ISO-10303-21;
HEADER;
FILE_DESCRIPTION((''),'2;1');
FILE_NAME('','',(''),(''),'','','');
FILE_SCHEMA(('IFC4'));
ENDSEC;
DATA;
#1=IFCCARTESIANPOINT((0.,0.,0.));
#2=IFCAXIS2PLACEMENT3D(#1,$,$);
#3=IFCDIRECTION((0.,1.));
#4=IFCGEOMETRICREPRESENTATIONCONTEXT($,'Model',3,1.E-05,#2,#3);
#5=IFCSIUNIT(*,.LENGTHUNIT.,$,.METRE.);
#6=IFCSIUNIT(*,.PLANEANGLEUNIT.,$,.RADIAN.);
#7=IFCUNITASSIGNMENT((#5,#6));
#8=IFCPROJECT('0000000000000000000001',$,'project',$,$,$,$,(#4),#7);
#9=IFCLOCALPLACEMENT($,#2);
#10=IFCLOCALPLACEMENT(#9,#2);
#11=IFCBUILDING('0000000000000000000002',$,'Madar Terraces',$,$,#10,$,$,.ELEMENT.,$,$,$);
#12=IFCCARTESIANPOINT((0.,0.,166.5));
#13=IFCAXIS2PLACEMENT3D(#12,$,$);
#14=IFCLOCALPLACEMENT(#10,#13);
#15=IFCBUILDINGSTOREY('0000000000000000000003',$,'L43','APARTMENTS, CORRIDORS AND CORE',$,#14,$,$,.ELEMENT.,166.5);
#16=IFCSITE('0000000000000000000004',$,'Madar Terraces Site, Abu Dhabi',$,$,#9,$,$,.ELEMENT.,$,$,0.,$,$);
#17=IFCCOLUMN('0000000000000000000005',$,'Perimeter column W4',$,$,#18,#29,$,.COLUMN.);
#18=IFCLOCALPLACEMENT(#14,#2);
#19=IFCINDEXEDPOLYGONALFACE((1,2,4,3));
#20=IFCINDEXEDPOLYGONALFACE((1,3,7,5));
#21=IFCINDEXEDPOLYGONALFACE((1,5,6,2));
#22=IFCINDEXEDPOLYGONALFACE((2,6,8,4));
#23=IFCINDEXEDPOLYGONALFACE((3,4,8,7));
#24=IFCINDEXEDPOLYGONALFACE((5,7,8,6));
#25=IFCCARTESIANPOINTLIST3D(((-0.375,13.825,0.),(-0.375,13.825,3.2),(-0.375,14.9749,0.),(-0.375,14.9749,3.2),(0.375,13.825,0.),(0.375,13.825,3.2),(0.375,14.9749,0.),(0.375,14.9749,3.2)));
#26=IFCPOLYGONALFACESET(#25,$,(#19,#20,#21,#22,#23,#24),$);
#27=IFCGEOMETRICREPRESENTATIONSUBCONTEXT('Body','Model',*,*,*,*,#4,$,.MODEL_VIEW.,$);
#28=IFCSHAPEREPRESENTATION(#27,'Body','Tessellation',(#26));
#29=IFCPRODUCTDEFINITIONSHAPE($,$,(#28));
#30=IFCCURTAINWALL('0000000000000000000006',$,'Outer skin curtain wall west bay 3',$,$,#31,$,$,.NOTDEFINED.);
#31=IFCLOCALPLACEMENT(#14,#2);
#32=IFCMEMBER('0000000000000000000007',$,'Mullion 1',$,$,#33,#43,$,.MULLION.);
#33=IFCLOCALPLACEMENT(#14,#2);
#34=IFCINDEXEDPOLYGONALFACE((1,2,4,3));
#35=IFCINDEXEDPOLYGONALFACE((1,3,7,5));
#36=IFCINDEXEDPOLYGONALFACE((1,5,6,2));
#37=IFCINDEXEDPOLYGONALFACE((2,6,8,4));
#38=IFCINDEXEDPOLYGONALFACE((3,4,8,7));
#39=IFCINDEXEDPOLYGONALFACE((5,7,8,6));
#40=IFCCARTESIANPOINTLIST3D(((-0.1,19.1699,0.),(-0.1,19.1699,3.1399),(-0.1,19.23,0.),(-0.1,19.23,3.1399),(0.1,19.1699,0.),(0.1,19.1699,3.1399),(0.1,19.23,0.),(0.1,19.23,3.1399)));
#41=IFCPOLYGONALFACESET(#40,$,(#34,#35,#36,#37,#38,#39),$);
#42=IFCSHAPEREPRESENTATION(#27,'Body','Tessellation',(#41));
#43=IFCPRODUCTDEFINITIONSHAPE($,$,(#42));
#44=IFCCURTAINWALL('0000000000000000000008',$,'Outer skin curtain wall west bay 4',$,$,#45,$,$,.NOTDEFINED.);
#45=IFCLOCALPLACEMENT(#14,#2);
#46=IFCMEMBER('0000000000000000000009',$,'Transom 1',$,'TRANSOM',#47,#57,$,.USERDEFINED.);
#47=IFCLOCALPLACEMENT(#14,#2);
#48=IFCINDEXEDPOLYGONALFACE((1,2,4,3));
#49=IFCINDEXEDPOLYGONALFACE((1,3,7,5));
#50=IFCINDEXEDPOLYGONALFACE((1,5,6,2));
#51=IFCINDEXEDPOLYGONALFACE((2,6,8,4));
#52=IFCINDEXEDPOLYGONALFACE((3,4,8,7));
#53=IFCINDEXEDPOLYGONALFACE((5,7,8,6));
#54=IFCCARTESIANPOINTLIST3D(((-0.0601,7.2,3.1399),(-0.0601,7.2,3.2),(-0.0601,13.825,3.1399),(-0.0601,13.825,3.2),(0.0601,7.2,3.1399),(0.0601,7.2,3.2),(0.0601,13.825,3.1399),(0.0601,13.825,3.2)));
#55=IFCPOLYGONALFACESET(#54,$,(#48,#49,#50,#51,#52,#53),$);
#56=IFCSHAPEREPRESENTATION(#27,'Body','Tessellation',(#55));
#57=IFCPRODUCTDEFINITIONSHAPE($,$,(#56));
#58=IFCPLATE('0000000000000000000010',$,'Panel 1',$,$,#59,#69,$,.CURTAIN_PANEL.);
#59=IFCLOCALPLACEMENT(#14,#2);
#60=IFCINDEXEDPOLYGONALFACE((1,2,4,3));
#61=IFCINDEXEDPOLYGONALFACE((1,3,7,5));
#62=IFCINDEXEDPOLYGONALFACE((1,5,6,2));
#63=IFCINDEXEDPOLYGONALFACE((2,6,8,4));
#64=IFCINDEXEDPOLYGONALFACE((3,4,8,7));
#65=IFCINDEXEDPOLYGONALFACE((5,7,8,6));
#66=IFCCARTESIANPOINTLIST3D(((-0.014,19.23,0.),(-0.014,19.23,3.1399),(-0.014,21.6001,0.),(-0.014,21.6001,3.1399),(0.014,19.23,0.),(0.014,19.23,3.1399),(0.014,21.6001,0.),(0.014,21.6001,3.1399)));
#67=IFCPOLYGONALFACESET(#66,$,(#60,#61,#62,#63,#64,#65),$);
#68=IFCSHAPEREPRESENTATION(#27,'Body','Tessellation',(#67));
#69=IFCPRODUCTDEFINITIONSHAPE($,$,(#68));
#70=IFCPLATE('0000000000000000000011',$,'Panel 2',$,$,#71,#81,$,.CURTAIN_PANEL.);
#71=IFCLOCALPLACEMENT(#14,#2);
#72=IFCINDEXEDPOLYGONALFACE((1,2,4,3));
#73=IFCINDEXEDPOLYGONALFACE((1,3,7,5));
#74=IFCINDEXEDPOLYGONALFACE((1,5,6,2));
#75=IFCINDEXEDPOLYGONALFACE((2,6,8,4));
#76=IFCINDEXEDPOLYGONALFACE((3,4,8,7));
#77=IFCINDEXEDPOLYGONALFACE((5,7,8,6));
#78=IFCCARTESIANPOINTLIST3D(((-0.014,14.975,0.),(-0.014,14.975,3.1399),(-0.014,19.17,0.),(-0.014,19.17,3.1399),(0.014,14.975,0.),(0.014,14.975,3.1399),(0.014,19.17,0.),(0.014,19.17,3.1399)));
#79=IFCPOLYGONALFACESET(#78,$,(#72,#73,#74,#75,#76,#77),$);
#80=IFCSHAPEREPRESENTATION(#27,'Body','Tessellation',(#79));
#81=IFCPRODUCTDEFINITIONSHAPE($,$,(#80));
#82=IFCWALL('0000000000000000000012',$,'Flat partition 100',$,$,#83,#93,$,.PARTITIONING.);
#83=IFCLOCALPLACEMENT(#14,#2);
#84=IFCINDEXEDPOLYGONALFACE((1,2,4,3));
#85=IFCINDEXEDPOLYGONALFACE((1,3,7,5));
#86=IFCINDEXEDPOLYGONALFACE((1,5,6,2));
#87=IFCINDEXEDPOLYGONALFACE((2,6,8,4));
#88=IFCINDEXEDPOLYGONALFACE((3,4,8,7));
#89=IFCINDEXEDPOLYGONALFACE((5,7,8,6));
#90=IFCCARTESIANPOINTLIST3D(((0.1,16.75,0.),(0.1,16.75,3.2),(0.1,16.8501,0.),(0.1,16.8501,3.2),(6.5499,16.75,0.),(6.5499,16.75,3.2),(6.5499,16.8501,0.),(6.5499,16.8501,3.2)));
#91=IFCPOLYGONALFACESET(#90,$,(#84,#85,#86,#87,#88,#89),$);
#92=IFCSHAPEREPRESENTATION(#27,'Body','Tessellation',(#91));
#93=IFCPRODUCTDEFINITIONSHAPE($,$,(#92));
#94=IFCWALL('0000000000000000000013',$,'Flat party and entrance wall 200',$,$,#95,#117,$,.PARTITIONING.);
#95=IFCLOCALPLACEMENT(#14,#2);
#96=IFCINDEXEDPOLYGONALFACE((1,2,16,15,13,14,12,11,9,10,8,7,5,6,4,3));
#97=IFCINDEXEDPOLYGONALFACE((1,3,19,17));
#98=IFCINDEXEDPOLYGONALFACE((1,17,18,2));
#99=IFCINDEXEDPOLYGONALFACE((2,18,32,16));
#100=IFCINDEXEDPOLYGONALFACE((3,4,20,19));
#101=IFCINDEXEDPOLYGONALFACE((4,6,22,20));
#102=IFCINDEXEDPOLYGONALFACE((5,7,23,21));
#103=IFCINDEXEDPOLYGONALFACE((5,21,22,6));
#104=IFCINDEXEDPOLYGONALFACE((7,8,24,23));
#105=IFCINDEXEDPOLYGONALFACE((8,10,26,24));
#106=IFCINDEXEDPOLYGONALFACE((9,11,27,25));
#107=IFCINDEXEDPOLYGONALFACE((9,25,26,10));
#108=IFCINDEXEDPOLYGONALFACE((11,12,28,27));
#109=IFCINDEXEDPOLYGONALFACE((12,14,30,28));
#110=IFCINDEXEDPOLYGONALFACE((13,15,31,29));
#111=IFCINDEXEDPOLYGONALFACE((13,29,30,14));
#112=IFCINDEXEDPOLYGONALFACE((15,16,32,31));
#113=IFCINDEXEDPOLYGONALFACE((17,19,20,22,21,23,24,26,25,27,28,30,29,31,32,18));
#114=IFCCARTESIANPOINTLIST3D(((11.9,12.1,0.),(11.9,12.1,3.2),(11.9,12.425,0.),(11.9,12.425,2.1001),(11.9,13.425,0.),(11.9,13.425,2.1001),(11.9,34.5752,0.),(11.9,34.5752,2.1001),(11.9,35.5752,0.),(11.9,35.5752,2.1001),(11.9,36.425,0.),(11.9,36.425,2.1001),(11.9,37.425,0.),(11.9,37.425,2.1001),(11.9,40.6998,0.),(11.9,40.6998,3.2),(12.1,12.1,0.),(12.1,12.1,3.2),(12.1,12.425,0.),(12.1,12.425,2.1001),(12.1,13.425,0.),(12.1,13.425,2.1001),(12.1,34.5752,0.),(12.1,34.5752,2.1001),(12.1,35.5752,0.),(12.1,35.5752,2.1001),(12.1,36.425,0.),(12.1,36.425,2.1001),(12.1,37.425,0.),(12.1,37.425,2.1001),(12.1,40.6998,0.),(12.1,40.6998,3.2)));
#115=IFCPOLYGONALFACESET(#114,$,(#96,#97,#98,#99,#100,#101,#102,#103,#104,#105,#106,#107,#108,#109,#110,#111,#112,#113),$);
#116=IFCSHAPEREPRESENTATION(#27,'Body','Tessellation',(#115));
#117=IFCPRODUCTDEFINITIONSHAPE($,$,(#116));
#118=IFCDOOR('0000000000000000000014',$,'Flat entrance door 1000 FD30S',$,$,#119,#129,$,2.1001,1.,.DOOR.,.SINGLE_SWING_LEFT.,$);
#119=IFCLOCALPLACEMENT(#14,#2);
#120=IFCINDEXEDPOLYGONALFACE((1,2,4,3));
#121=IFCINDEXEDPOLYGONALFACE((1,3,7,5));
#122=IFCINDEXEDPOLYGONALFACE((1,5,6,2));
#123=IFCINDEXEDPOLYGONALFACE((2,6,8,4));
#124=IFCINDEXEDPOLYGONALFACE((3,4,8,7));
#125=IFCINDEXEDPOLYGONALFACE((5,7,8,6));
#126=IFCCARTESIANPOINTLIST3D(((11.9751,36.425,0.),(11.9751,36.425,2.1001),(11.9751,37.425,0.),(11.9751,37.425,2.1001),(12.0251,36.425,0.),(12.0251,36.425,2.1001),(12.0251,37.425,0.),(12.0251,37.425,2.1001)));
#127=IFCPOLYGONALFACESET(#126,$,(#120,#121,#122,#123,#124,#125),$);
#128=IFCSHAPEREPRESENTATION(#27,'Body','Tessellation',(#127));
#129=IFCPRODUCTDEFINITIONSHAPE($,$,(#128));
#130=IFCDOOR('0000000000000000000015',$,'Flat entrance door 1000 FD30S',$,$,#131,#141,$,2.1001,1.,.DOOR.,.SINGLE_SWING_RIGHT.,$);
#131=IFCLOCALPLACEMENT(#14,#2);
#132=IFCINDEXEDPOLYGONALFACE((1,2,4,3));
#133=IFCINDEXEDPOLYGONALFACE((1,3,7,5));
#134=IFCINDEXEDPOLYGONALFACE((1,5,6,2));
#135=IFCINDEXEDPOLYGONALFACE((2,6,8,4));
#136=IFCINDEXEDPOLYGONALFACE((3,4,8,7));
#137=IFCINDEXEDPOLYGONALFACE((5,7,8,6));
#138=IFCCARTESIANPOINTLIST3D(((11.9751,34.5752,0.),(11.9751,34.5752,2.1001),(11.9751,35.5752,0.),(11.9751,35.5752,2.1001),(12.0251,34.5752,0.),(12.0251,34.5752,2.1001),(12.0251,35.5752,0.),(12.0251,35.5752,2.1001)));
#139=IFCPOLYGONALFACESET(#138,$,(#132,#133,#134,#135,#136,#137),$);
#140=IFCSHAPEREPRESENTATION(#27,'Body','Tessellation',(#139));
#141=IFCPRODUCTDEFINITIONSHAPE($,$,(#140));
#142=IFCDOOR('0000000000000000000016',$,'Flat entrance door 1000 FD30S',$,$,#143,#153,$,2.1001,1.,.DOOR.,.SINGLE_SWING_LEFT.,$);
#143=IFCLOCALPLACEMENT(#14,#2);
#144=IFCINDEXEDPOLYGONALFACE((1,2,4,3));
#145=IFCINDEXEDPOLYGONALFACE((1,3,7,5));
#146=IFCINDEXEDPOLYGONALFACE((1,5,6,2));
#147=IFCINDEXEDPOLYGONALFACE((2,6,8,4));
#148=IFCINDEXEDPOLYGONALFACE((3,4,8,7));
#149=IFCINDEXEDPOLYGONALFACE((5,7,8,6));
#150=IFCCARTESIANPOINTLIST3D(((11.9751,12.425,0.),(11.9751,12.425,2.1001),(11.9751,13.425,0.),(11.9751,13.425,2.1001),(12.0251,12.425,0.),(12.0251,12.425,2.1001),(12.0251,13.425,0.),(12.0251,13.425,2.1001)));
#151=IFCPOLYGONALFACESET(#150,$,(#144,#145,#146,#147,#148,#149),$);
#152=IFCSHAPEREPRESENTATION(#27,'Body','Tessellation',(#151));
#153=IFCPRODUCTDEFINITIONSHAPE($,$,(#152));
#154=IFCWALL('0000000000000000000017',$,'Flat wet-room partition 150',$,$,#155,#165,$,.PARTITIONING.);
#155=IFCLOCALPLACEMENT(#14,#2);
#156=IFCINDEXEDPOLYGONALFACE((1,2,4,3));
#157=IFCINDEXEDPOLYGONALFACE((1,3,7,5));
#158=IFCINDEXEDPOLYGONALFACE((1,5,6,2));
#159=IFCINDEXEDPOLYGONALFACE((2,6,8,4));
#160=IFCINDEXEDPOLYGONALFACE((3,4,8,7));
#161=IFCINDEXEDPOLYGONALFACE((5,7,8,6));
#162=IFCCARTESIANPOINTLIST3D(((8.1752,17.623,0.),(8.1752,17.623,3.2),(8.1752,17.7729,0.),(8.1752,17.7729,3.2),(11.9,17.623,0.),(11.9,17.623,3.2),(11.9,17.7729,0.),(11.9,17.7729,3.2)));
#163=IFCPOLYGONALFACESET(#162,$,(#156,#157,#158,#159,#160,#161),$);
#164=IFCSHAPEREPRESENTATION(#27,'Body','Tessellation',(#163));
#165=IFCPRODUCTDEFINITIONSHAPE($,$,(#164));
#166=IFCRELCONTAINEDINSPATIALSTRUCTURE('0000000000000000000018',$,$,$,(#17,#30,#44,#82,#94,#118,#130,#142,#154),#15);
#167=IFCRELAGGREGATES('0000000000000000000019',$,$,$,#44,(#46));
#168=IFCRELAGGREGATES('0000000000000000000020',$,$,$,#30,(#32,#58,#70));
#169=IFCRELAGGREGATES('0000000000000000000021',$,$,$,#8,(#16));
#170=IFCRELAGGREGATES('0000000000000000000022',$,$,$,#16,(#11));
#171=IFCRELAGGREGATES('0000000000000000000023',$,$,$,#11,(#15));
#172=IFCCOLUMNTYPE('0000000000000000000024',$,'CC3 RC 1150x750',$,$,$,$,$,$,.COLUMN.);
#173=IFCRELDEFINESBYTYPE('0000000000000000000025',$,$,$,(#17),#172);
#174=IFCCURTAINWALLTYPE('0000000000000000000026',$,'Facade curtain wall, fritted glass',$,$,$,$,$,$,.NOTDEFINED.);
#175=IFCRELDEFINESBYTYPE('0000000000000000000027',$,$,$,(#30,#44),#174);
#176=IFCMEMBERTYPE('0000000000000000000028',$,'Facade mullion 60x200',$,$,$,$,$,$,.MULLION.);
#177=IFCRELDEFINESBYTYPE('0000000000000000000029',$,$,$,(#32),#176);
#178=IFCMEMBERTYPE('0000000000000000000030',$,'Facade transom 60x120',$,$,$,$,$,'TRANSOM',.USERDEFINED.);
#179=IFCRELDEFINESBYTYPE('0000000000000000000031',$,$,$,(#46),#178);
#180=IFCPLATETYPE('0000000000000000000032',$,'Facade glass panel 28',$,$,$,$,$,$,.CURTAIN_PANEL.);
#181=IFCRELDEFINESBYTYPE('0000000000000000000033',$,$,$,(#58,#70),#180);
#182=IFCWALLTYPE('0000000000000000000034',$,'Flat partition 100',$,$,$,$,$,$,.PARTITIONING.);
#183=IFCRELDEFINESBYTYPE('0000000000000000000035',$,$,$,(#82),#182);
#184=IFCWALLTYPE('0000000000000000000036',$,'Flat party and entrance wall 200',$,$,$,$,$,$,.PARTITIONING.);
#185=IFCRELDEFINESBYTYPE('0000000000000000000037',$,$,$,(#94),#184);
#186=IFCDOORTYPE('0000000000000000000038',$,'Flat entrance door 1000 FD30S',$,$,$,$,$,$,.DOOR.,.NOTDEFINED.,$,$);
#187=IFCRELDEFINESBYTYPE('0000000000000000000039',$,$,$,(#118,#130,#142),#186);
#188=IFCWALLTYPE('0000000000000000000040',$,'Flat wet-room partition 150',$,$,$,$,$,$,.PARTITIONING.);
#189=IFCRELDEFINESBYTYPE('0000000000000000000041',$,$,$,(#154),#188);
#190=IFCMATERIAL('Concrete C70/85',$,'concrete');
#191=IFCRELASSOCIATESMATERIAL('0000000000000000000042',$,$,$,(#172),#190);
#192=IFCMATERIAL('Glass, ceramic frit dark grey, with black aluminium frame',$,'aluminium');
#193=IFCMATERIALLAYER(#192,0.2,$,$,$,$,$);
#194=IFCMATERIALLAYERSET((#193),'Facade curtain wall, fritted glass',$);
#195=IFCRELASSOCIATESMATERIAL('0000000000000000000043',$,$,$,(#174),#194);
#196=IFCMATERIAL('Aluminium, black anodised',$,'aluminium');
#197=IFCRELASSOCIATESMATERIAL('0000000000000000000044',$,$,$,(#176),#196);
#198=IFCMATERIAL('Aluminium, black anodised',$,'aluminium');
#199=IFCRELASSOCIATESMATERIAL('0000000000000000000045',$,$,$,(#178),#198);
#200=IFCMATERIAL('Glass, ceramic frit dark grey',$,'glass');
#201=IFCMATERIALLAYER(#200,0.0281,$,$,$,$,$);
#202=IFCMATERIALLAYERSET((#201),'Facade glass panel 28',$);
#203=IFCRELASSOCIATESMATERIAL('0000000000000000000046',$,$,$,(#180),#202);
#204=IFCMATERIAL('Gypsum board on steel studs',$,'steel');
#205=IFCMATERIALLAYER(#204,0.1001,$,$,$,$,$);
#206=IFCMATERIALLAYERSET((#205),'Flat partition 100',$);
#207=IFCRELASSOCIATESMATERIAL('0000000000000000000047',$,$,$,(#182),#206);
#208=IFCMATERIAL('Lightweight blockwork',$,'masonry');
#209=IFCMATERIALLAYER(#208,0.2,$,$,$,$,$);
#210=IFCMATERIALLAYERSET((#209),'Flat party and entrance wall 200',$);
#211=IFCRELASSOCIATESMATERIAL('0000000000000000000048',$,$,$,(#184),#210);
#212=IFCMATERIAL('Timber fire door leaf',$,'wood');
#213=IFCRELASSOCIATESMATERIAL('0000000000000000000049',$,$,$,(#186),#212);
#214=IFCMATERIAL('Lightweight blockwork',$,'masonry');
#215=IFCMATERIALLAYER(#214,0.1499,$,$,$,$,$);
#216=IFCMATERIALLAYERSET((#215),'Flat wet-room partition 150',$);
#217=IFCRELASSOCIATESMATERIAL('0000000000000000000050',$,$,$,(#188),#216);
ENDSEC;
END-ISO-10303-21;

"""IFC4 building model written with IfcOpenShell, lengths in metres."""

from ifc_helpers import new_model, si_unit, direction, frame, frame_2d, origin, origin_2d, place, context, subcontext, project, spatial, rectangle, extrude, material, layer, layer_set, material_profile, profile_set, type_object, element, fill, aggregate, save


model = new_model("IFC4")

# Units and contexts
model_context = context("Model", 3, precision=1e-05, world=origin(), true_north=direction((0.0, 1.0)))
body_context = subcontext(model_context, "Body", "Model", "MODEL_VIEW")
ifc_project = project(units=[si_unit("LENGTHUNIT", "METRE"), si_unit("PLANEANGLEUNIT", "RADIAN")], contexts=[model_context])

# Site, building, storey
site_placement = place(None, origin())
site = spatial("IfcSite", under=ifc_project, at=site_placement, Name="Madar Terraces Site, Abu Dhabi", CompositionType="ELEMENT", RefElevation=0.0)
building_placement = place(site_placement, origin())
building = spatial("IfcBuilding", under=site, at=building_placement, Name="Madar Terraces", CompositionType="ELEMENT")
storey_placement = place(building_placement, frame((0.0, 0.0, 166.5)))
storey = spatial("IfcBuildingStorey", under=building, at=storey_placement, Name="L43", Description="APARTMENTS, CORRIDORS AND CORE", CompositionType="ELEMENT", Elevation=166.5)

# Column
ifc_material_1 = material(Name="Concrete C70/85", Category="concrete")
ifc_material_profile_1 = material_profile(ifc_material_1, rectangle(XDim=1.1499, YDim=0.75, at=origin_2d()), Name="CC3 RC 1150x750")
ifc_profile_set_1 = profile_set([ifc_material_profile_1], Name="Concrete C70/85")
column_type = type_object("IfcColumnType", Name="CC3 RC 1150x750", PredefinedType="COLUMN", material=ifc_profile_set_1)
column_placement = place(storey_placement, frame((0.0, 14.3999, 0.0), z_axis=(0.0, 0.0, 1.0), x_axis=(0.0, 1.0, 0.0)))
element("IfcColumn", 1, at=column_placement, inside=storey, type_object=column_type, Name="Perimeter column W4", PredefinedType="COLUMN", context=body_context, shape_type="SweptSolid", body=[
    extrude(rectangle(XDim=1.1499, YDim=0.75, at=origin_2d()), origin(), (0.0, 0.0, 1.0), 3.2),
])

# Curtain walls, members
ifc_material_2 = material(Name="Glass, ceramic frit dark grey, with black aluminium frame", Category="aluminium")
ifc_layer_1 = layer(ifc_material_2, 0.2)
ifc_layer_set_1 = layer_set([ifc_layer_1], Name="Facade curtain wall, fritted glass")
curtain_wall_type = type_object("IfcCurtainWallType", Name="Facade curtain wall, fritted glass", PredefinedType="NOTDEFINED", material=ifc_layer_set_1)
curtain_wall_1_placement = place(storey_placement, origin())
curtain_wall_1 = element("IfcCurtainWall", 2, at=curtain_wall_1_placement, inside=storey, type_object=curtain_wall_type, Name="Outer skin curtain wall west bay 3", PredefinedType="NOTDEFINED")
ifc_material_3 = material(Name="Aluminium, black anodised", Category="aluminium")
ifc_material_profile_2 = material_profile(ifc_material_3, rectangle(XDim=0.2, YDim=0.0601, at=origin_2d()), Name="Facade mullion 60x200")
ifc_profile_set_2 = profile_set([ifc_material_profile_2], Name="Aluminium, black anodised")
member_type_1 = type_object("IfcMemberType", Name="Facade mullion 60x200", PredefinedType="MULLION", material=ifc_profile_set_2)
member_1_placement = place(storey_placement, frame((0.0, 19.2, 0.0), z_axis=(0.0, 0.0, 1.0), x_axis=(1.0, 0.0, 0.0)))
member_1 = element("IfcMember", 3, at=member_1_placement, type_object=member_type_1, Name="Mullion 1", PredefinedType="MULLION", context=body_context, shape_type="SweptSolid", body=[
    extrude(rectangle(XDim=0.2, YDim=0.0601, at=origin_2d()), origin(), (0.0, 0.0, 1.0), 3.1399),
])
curtain_wall_2_placement = place(storey_placement, origin())
curtain_wall_2 = element("IfcCurtainWall", 4, at=curtain_wall_2_placement, inside=storey, type_object=curtain_wall_type, Name="Outer skin curtain wall west bay 4", PredefinedType="NOTDEFINED")
ifc_material_4 = material(Name="Aluminium, black anodised", Category="aluminium")
ifc_material_profile_3 = material_profile(ifc_material_4, rectangle(XDim=0.1201, YDim=0.0601, at=origin_2d()), Name="Facade transom 60x120")
ifc_profile_set_3 = profile_set([ifc_material_profile_3], Name="Aluminium, black anodised")
member_type_2 = type_object("IfcMemberType", Name="Facade transom 60x120", ElementType="TRANSOM", PredefinedType="USERDEFINED", material=ifc_profile_set_3)
member_2_placement = place(storey_placement, frame((0.0, 13.825, 3.1699), z_axis=(0.0, -1.0, 0.0), x_axis=(1.0, 0.0, 0.0)))
member_2 = element("IfcMember", 5, at=member_2_placement, type_object=member_type_2, Name="Transom 1", ObjectType="TRANSOM", PredefinedType="USERDEFINED", context=body_context, shape_type="SweptSolid", body=[
    extrude(rectangle(XDim=0.1201, YDim=0.0601, at=origin_2d()), origin(), (0.0, 0.0, 1.0), 6.625),
])
aggregate(curtain_wall_2, [member_2])

# Plates
ifc_material_5 = material(Name="Glass, ceramic frit dark grey", Category="glass")
ifc_layer_2 = layer(ifc_material_5, 0.0281)
ifc_layer_set_2 = layer_set([ifc_layer_2], Name="Facade glass panel 28")
plate_type = type_object("IfcPlateType", Name="Facade glass panel 28", PredefinedType="CURTAIN_PANEL", material=ifc_layer_set_2)
plate_1_placement = place(storey_placement, frame((0.0, 20.415, 0.0), z_axis=(0.0, 0.0, 1.0), x_axis=(0.0, -1.0, 0.0)))
plate_1 = element("IfcPlate", 6, at=plate_1_placement, type_object=plate_type, Name="Panel 1", PredefinedType="CURTAIN_PANEL", context=body_context, shape_type="SweptSolid", body=[
    extrude(rectangle(XDim=2.3701, YDim=0.0281, at=origin_2d()), origin(), (0.0, 0.0, 1.0), 3.1399),
])
plate_2_placement = place(storey_placement, frame((0.0, 17.0725, 0.0), z_axis=(0.0, 0.0, 1.0), x_axis=(0.0, -1.0, 0.0)))
plate_2 = element("IfcPlate", 7, at=plate_2_placement, type_object=plate_type, Name="Panel 2", PredefinedType="CURTAIN_PANEL", context=body_context, shape_type="SweptSolid", body=[
    extrude(rectangle(XDim=4.1951, YDim=0.0281, at=origin_2d()), origin(), (0.0, 0.0, 1.0), 3.1399),
])
aggregate(curtain_wall_1, [member_1, plate_1, plate_2])

# Wall
ifc_material_6 = material(Name="Gypsum board on steel studs", Category="steel")
ifc_layer_3 = layer(ifc_material_6, 0.1001)
ifc_layer_set_3 = layer_set([ifc_layer_3], Name="Flat partition 100")
wall_type_1 = type_object("IfcWallType", Name="Flat partition 100", PredefinedType="PARTITIONING", material=ifc_layer_set_3)
wall_1_placement = place(storey_placement, frame((6.55, 16.8, 0.0), z_axis=(0.0, 0.0, 1.0), x_axis=(-1.0, 0.0, 0.0)))
element("IfcWall", 8, at=wall_1_placement, inside=storey, type_object=wall_type_1, Name="Flat partition 100", PredefinedType="PARTITIONING", context=body_context, shape_type="SweptSolid", body=[
    extrude(rectangle(XDim=6.45, YDim=0.1001, at=frame_2d((3.2251, 0.0))), origin(), (0.0, 0.0, 1.0), 3.2),
])

# Wall, openings, doors
ifc_material_7 = material(Name="Lightweight blockwork", Category="masonry")
ifc_layer_4 = layer(ifc_material_7, 0.2)
ifc_layer_set_4 = layer_set([ifc_layer_4], Name="Flat party and entrance wall 200")
wall_type_2 = type_object("IfcWallType", Name="Flat party and entrance wall 200", PredefinedType="PARTITIONING", material=ifc_layer_set_4)
wall_2_placement = place(storey_placement, frame((12.0, 12.1001, 0.0), z_axis=(0.0, 0.0, 1.0), x_axis=(0.0, 1.0, 0.0)))
wall_2 = element("IfcWall", 9, at=wall_2_placement, inside=storey, type_object=wall_type_2, Name="Flat party and entrance wall 200", PredefinedType="PARTITIONING", context=body_context, shape_type="SweptSolid", body=[
    extrude(rectangle(XDim=28.5999, YDim=0.2, at=frame_2d((14.2998, 0.0))), origin(), (0.0, 0.0, 1.0), 3.2),
])
opening_1_placement = place(wall_2_placement, frame((24.325, 0.0, 0.0)))
opening_1 = element("IfcOpeningElement", 10, at=opening_1_placement, cuts=wall_2, PredefinedType="OPENING", context=body_context, shape_type="SweptSolid", body=[
    extrude(rectangle(XDim=1.0, YDim=2.1001, at=frame_2d((0.5, 1.05))), frame((0.0, 0.1099, 0.0), z_axis=(0.0, -1.0, 0.0), x_axis=(1.0, 0.0, 0.0)), (0.0, 0.0, 1.0), 0.22),
])
opening_2_placement = place(wall_2_placement, frame((22.4751, 0.0, 0.0)))
opening_2 = element("IfcOpeningElement", 11, at=opening_2_placement, cuts=wall_2, PredefinedType="OPENING", context=body_context, shape_type="SweptSolid", body=[
    extrude(rectangle(XDim=1.0, YDim=2.1001, at=frame_2d((0.5, 1.05))), frame((0.0, 0.1099, 0.0), z_axis=(0.0, -1.0, 0.0), x_axis=(1.0, 0.0, 0.0)), (0.0, 0.0, 1.0), 0.22),
])
opening_3_placement = place(wall_2_placement, frame((0.325, 0.0, 0.0)))
opening_3 = element("IfcOpeningElement", 12, at=opening_3_placement, cuts=wall_2, PredefinedType="OPENING", context=body_context, shape_type="SweptSolid", body=[
    extrude(rectangle(XDim=1.0, YDim=2.1001, at=frame_2d((0.5, 1.05))), frame((0.0, 0.1099, 0.0), z_axis=(0.0, -1.0, 0.0), x_axis=(1.0, 0.0, 0.0)), (0.0, 0.0, 1.0), 0.22),
])
ifc_material_8 = material(Name="Timber fire door leaf", Category="wood")
door_type = type_object("IfcDoorType", Name="Flat entrance door 1000 FD30S", OperationType="NOTDEFINED", PredefinedType="DOOR", material=ifc_material_8)
door_1_placement = place(opening_1_placement, origin())
door_1 = element("IfcDoor", 13, at=door_1_placement, inside=storey, type_object=door_type, Name="Flat entrance door 1000 FD30S", OperationType="SINGLE_SWING_LEFT", OverallHeight=2.1001, OverallWidth=1.0, PredefinedType="DOOR", context=body_context, shape_type="SweptSolid", body=[
    extrude(rectangle(XDim=1.0, YDim=2.1001, at=frame_2d((0.5, 1.05))), frame((0.0, 0.0249, 0.0), z_axis=(0.0, -1.0, 0.0), x_axis=(1.0, 0.0, 0.0)), (0.0, 0.0, 1.0), 0.05),
])
fill(opening_1, door_1)
door_2_placement = place(opening_2_placement, origin())
door_2 = element("IfcDoor", 14, at=door_2_placement, inside=storey, type_object=door_type, Name="Flat entrance door 1000 FD30S", OperationType="SINGLE_SWING_RIGHT", OverallHeight=2.1001, OverallWidth=1.0, PredefinedType="DOOR", context=body_context, shape_type="SweptSolid", body=[
    extrude(rectangle(XDim=1.0, YDim=2.1001, at=frame_2d((0.5, 1.05))), frame((0.0, 0.0249, 0.0), z_axis=(0.0, -1.0, 0.0), x_axis=(1.0, 0.0, 0.0)), (0.0, 0.0, 1.0), 0.05),
])
fill(opening_2, door_2)
door_3_placement = place(opening_3_placement, origin())
door_3 = element("IfcDoor", 15, at=door_3_placement, inside=storey, type_object=door_type, Name="Flat entrance door 1000 FD30S", OperationType="SINGLE_SWING_LEFT", OverallHeight=2.1001, OverallWidth=1.0, PredefinedType="DOOR", context=body_context, shape_type="SweptSolid", body=[
    extrude(rectangle(XDim=1.0, YDim=2.1001, at=frame_2d((0.5, 1.05))), frame((0.0, 0.0249, 0.0), z_axis=(0.0, -1.0, 0.0), x_axis=(1.0, 0.0, 0.0)), (0.0, 0.0, 1.0), 0.05),
])
fill(opening_3, door_3)

# Wall
ifc_material_9 = material(Name="Lightweight blockwork", Category="masonry")
ifc_layer_5 = layer(ifc_material_9, 0.1499)
ifc_layer_set_5 = layer_set([ifc_layer_5], Name="Flat wet-room partition 150")
wall_type_3 = type_object("IfcWallType", Name="Flat wet-room partition 150", PredefinedType="PARTITIONING", material=ifc_layer_set_5)
for number, where, z_axis, x_axis, name in (
    (16, (11.8999, 17.698, 0.0), (0.0, 0.0, 1.0), (-1.0, 0.0, 0.0), "Flat wet-room partition 150"),
):
    element("IfcWall", number, at=place(storey_placement, frame(where, z_axis=z_axis, x_axis=x_axis)), inside=storey, type_object=wall_type_3, Name=name, PredefinedType="PARTITIONING", context=body_context, shape_type="SweptSolid", body=[
        extrude(rectangle(XDim=3.7249, YDim=0.1499, at=frame_2d((1.8623, 0.0))), origin(), (0.0, 0.0, 1.0), 3.2),
    ])

save(model, "model.ifc")
